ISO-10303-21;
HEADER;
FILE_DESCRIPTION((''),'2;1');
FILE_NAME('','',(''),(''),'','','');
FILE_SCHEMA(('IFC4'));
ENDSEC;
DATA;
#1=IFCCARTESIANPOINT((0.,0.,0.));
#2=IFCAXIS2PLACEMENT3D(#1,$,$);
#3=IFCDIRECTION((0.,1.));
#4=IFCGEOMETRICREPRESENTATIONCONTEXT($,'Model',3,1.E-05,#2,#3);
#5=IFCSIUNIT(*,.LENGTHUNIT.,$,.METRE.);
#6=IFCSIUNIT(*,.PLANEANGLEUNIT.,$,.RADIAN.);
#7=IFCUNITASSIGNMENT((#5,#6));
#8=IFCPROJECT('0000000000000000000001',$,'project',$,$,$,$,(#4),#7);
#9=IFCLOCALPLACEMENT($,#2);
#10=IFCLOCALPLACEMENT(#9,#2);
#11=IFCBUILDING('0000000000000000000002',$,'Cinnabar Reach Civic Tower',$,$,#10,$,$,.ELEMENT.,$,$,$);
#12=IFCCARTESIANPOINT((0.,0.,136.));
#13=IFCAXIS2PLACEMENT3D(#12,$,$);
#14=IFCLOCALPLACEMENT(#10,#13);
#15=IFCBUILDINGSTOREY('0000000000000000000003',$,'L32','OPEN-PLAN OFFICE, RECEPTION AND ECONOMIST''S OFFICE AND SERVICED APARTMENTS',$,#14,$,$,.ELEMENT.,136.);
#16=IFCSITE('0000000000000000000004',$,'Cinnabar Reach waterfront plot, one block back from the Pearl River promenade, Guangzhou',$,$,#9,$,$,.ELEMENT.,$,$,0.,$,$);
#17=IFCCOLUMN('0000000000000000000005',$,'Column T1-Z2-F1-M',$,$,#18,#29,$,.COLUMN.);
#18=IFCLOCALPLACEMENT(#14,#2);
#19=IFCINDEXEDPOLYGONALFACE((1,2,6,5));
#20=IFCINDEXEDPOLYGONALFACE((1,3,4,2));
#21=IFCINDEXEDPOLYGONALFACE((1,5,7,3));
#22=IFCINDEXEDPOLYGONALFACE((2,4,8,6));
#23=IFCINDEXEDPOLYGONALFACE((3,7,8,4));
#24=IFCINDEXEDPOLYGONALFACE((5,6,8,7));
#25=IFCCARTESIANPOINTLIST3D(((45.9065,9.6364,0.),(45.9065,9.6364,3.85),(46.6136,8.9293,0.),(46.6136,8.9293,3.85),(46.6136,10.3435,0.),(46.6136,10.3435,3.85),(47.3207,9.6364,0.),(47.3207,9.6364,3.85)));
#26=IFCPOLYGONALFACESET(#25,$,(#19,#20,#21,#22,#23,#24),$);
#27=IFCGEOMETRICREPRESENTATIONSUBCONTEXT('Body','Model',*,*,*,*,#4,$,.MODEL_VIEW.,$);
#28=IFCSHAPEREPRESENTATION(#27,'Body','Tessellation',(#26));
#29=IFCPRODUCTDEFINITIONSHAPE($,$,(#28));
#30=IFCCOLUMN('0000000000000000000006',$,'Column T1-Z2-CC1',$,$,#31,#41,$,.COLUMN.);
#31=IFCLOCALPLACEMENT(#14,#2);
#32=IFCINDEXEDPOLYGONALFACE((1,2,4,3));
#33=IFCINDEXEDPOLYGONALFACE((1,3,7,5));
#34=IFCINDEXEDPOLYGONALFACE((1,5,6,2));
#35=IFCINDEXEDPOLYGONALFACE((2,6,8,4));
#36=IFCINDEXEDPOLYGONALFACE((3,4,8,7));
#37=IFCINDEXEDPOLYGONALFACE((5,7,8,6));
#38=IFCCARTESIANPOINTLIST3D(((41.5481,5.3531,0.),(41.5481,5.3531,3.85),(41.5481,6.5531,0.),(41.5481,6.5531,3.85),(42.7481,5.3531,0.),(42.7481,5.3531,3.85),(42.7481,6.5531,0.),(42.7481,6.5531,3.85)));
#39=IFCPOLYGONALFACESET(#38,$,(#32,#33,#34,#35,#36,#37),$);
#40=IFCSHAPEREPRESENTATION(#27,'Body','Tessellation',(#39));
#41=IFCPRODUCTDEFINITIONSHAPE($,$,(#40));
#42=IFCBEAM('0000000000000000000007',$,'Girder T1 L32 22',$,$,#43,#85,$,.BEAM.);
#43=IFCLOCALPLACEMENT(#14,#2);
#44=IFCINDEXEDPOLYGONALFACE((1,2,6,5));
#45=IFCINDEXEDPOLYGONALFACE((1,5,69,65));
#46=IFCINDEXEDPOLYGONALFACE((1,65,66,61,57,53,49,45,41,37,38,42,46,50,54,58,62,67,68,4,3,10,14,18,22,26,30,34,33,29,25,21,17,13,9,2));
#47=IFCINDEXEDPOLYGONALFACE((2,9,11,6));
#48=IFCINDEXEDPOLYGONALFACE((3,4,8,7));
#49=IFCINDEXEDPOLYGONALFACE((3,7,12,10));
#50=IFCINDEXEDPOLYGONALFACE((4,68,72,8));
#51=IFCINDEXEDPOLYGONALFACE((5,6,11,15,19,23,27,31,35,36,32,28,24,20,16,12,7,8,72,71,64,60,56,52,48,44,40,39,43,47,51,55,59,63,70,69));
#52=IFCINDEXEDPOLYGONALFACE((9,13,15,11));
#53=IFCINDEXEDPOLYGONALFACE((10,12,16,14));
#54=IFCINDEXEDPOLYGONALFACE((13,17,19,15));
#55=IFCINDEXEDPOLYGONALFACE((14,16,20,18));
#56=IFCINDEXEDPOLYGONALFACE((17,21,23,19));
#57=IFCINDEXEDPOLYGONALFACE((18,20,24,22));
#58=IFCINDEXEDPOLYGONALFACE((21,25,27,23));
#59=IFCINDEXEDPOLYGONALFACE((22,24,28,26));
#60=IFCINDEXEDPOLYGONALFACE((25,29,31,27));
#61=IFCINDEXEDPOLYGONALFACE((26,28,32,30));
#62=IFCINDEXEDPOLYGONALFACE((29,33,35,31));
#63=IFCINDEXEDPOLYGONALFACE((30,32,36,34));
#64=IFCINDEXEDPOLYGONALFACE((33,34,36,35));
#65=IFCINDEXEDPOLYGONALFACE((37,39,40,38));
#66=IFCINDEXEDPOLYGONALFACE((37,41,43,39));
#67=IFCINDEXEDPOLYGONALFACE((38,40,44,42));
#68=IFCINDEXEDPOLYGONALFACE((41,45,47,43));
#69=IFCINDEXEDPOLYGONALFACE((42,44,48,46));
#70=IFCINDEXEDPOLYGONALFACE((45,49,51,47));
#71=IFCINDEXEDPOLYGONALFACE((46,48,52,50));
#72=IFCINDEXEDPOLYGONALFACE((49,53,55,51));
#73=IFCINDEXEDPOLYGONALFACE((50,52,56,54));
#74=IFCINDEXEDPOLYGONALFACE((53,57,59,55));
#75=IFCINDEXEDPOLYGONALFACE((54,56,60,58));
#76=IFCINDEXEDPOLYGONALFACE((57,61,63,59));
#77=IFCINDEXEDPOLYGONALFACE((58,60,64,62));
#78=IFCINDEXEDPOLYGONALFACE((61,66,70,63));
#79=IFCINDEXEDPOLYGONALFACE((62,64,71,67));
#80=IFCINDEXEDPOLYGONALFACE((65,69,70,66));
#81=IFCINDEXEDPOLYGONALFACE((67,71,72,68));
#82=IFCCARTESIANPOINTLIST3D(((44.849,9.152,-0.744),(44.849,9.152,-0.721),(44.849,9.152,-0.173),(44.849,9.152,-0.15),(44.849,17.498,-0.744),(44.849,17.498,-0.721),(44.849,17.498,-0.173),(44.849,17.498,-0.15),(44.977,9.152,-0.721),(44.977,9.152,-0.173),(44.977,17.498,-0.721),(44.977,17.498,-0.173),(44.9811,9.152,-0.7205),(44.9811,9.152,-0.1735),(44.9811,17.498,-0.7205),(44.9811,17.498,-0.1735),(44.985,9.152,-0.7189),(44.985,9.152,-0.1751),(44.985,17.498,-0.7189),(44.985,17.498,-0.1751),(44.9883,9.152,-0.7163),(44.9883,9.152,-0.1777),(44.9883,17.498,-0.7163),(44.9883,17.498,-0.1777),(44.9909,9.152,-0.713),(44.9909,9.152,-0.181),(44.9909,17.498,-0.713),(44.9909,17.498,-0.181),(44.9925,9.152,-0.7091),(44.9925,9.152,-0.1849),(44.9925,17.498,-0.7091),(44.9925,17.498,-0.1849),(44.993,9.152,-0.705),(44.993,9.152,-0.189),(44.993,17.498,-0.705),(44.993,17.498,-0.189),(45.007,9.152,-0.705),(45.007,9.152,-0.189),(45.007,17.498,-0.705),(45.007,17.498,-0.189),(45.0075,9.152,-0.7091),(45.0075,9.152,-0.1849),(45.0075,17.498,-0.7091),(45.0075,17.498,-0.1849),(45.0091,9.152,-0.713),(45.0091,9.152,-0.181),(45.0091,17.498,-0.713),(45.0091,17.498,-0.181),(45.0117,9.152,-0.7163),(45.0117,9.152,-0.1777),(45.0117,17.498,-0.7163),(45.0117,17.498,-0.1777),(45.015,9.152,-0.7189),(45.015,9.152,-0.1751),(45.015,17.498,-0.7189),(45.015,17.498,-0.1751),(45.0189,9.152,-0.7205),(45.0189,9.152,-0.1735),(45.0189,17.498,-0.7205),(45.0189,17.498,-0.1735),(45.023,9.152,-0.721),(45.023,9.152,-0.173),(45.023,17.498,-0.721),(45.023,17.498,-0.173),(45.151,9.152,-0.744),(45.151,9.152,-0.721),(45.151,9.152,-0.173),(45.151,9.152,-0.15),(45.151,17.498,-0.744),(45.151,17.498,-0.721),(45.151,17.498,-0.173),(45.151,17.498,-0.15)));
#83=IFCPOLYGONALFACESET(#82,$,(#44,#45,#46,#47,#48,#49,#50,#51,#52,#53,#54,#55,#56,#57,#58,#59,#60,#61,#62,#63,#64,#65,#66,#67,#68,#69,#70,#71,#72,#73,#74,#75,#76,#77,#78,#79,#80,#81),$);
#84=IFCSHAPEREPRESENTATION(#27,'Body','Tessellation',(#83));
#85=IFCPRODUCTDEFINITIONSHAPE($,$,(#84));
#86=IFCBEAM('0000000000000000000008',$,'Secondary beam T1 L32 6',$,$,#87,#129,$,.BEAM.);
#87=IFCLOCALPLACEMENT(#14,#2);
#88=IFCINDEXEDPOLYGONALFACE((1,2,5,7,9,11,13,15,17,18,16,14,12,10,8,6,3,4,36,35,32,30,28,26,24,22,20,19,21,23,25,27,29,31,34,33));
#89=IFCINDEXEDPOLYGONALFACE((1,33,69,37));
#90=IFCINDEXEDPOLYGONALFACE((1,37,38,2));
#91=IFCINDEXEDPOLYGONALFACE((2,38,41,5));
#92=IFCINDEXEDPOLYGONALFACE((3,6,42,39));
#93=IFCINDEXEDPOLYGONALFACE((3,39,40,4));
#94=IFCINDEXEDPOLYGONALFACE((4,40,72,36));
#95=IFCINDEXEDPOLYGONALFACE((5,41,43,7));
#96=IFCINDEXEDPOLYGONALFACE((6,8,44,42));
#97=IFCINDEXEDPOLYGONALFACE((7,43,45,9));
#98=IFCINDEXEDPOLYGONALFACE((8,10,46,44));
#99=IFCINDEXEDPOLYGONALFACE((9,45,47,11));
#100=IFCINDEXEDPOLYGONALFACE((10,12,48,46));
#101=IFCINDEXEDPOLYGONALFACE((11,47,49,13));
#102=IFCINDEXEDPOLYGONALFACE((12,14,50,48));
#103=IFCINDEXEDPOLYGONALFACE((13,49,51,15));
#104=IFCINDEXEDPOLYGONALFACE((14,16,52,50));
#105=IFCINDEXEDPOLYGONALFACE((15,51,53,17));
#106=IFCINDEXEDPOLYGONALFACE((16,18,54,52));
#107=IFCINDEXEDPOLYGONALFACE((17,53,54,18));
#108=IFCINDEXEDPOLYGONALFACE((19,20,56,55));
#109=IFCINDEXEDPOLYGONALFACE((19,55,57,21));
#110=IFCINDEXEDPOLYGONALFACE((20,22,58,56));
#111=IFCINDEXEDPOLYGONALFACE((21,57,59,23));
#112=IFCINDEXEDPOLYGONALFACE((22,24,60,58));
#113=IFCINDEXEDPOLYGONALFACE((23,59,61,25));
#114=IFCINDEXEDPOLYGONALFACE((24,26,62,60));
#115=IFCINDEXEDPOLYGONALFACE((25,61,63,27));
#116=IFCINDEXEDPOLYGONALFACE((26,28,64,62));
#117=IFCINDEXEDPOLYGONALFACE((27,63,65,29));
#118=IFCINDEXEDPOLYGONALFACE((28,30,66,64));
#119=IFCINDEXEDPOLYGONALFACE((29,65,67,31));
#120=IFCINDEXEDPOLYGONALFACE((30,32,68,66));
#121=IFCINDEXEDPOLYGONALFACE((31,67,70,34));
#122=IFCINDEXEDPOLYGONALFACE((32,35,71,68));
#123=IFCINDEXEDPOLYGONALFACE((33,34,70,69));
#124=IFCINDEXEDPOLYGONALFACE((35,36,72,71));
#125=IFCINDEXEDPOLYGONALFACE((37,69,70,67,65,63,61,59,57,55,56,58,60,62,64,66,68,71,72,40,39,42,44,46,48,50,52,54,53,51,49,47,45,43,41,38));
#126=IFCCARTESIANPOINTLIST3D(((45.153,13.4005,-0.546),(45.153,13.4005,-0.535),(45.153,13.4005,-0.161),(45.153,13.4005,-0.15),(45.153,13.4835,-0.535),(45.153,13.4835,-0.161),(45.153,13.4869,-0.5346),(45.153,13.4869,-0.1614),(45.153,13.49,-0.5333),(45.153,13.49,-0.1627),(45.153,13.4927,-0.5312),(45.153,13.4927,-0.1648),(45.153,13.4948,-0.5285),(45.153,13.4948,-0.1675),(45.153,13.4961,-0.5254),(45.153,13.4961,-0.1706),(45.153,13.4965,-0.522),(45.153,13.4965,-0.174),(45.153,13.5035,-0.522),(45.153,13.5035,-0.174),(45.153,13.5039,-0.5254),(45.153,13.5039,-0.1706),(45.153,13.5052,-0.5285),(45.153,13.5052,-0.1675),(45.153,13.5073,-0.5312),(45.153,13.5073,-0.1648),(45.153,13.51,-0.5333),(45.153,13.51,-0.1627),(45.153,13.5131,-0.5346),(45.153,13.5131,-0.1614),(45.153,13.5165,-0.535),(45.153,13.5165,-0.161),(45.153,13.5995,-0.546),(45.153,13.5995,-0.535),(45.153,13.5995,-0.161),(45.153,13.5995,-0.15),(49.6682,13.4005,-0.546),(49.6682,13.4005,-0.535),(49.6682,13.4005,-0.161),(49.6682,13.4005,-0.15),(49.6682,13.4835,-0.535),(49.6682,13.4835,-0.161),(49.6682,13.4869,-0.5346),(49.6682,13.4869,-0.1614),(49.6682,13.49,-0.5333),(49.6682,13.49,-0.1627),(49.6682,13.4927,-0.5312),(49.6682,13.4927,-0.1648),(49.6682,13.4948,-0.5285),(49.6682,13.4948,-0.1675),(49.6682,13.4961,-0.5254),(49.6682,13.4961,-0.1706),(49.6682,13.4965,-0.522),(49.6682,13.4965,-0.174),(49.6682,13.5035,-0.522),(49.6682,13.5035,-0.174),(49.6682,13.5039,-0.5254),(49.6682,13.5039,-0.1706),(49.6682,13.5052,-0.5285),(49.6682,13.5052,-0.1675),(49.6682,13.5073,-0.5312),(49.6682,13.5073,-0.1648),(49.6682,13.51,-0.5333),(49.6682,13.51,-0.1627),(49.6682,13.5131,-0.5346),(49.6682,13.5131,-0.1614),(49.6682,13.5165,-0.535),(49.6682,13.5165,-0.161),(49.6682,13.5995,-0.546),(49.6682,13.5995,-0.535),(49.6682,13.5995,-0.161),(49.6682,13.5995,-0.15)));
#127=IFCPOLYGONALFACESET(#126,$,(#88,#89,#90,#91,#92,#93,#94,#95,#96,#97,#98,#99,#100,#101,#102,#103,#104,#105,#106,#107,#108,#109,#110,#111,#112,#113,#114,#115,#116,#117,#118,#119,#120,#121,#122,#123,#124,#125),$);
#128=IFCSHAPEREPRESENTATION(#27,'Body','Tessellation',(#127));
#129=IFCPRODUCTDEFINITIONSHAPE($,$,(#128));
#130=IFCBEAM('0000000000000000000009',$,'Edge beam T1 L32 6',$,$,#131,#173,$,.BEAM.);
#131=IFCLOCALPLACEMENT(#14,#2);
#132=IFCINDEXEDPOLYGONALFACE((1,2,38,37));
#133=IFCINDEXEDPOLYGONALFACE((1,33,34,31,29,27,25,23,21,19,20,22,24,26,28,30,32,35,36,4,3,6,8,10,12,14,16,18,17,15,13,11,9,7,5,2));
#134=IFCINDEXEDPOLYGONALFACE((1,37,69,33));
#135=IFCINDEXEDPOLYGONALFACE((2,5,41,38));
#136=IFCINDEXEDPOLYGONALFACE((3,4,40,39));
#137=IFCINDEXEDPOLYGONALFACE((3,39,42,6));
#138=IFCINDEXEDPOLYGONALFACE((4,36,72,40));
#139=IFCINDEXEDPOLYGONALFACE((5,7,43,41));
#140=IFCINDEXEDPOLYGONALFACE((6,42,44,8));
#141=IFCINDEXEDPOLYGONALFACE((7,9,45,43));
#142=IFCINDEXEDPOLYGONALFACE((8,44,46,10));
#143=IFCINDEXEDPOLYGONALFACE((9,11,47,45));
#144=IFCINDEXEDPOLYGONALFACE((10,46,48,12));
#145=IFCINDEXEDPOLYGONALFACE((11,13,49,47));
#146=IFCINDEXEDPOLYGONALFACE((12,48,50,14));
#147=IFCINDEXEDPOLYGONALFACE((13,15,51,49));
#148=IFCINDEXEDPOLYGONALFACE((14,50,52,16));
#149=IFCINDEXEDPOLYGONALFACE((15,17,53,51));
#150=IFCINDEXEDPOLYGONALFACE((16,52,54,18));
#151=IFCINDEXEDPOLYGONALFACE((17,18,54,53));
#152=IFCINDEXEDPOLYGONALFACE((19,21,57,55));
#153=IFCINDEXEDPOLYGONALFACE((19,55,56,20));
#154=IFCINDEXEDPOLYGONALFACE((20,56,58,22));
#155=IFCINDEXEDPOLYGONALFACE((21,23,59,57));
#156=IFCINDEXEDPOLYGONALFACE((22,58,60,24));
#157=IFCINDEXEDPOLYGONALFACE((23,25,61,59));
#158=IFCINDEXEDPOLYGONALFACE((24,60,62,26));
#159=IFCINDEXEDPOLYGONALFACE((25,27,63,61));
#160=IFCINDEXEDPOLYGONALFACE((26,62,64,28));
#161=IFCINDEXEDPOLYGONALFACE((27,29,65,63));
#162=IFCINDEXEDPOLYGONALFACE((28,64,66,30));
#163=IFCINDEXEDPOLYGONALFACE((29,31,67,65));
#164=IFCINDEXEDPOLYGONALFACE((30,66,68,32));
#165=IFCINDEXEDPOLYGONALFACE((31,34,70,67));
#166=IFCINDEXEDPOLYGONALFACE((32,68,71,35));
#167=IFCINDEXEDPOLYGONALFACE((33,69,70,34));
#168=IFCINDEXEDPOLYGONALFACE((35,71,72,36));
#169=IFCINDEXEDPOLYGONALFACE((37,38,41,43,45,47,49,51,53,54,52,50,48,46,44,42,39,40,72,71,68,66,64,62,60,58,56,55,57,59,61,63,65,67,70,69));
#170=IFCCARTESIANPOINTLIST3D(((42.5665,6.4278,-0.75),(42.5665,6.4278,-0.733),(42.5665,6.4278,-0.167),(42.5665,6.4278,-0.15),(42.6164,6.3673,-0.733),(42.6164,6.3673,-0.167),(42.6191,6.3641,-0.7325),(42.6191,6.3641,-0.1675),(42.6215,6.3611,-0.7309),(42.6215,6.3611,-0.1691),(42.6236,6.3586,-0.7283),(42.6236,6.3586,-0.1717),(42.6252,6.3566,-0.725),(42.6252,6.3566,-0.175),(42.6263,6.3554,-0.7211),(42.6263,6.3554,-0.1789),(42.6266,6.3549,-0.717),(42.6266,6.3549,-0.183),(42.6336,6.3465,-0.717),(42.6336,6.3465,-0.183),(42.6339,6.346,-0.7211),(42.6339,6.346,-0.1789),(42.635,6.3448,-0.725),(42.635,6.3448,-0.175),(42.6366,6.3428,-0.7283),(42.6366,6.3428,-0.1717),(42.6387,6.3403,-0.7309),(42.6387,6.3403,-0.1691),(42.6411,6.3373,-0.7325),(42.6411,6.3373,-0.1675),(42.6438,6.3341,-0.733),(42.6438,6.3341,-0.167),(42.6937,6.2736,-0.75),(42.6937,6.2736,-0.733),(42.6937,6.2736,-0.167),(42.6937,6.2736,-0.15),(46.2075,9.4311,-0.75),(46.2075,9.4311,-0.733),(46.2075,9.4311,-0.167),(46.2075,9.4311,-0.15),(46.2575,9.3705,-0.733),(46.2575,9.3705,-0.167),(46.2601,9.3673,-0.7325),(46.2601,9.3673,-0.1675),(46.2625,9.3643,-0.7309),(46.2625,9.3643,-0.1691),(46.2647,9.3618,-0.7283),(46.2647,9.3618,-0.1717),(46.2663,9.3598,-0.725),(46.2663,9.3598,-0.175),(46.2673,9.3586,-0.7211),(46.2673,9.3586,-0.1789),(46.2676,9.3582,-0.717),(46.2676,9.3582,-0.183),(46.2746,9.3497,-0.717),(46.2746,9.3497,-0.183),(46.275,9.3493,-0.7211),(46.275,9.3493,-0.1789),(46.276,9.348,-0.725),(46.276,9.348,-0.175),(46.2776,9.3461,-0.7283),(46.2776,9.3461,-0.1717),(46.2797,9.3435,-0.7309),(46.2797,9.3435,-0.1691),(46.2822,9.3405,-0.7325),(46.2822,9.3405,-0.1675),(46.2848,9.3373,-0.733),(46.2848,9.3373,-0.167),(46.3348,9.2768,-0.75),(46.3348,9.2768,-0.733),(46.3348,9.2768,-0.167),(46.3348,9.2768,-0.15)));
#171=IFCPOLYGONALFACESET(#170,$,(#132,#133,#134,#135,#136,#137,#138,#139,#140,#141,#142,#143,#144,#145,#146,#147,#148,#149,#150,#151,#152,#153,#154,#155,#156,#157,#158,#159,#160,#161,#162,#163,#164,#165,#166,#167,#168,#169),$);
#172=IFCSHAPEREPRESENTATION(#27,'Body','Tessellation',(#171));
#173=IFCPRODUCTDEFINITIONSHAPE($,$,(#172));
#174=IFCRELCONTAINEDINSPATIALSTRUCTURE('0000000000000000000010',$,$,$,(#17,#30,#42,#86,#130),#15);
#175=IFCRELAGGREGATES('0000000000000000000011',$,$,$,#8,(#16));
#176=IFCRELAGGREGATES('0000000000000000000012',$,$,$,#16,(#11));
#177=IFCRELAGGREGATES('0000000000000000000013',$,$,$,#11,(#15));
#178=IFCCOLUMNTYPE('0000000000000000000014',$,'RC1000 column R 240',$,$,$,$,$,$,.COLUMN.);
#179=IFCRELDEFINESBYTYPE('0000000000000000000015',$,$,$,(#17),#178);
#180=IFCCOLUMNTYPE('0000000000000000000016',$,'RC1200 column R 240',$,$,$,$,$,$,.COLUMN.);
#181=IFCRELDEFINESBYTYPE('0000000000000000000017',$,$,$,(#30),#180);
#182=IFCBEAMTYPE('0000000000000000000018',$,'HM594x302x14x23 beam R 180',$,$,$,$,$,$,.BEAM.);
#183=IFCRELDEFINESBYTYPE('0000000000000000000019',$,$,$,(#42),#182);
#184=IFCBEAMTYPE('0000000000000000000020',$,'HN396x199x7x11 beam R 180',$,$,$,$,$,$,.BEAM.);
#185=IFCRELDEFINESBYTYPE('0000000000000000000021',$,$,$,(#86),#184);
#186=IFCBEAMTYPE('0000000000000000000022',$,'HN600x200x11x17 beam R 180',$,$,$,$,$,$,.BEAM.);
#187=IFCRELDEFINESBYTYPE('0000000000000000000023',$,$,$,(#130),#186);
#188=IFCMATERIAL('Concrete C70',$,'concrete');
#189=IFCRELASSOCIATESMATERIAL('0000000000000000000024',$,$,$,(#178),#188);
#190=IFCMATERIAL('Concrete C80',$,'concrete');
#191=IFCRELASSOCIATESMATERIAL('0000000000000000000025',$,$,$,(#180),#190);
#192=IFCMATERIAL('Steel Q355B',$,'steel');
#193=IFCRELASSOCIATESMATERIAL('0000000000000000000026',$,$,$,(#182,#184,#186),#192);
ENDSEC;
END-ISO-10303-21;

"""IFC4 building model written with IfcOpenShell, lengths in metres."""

from ifc_helpers import new_model, si_unit, direction, frame, origin, origin_2d, place, context, subcontext, project, spatial, rectangle, i_section, extrude, material, material_profile, profile_set, type_object, element, save


model = new_model("IFC4")

# Units and contexts
model_context = context("Model", 3, precision=1e-05, world=origin(), true_north=direction((0.0, 1.0)))
body_context = subcontext(model_context, "Body", "Model", "MODEL_VIEW")
ifc_project = project(units=[si_unit("LENGTHUNIT", "METRE"), si_unit("PLANEANGLEUNIT", "RADIAN")], contexts=[model_context])

# Site, building, storey
site_placement = place(None, origin())
site = spatial("IfcSite", under=ifc_project, at=site_placement, Name="Cinnabar Reach waterfront plot, one block back from the Pearl River promenade, Guangzhou", CompositionType="ELEMENT", RefElevation=0.0)
building_placement = place(site_placement, origin())
building = spatial("IfcBuilding", under=site, at=building_placement, Name="Cinnabar Reach Civic Tower", CompositionType="ELEMENT")
storey_placement = place(building_placement, frame((0.0, 0.0, 136.0)))
storey = spatial("IfcBuildingStorey", under=building, at=storey_placement, Name="L32", Description="OPEN-PLAN OFFICE, RECEPTION AND ECONOMIST'S OFFICE AND SERVICED APARTMENTS", CompositionType="ELEMENT", Elevation=136.0)

# Columns
ifc_material_1 = material(Name="Concrete C70", Category="concrete")
ifc_material_profile_1 = material_profile(ifc_material_1, rectangle(XDim=1.0, YDim=1.0, at=origin_2d()), Name="RC1000")
ifc_profile_set_1 = profile_set([ifc_material_profile_1], Name="Concrete C70")
column_type_1 = type_object("IfcColumnType", Name="RC1000 column R 240", PredefinedType="COLUMN", material=ifc_profile_set_1)
column_1_placement = place(storey_placement, frame((46.6136, 9.6364, 0.0), z_axis=(0.0, 0.0, 1.0), x_axis=(0.707107, 0.707107, 0.0)))
element("IfcColumn", 1, at=column_1_placement, inside=storey, type_object=column_type_1, Name="Column T1-Z2-F1-M", PredefinedType="COLUMN", context=body_context, shape_type="SweptSolid", body=[
    extrude(rectangle(XDim=1.0, YDim=1.0, at=origin_2d()), origin(), (0.0, 0.0, 1.0), 3.85),
])
ifc_material_2 = material(Name="Concrete C80", Category="concrete")
ifc_material_profile_2 = material_profile(ifc_material_2, rectangle(XDim=1.2, YDim=1.2, at=origin_2d()), Name="RC1200")
ifc_profile_set_2 = profile_set([ifc_material_profile_2], Name="Concrete C80")
column_type_2 = type_object("IfcColumnType", Name="RC1200 column R 240", PredefinedType="COLUMN", material=ifc_profile_set_2)
column_2_placement = place(storey_placement, frame((42.1481, 5.9531, 0.0), z_axis=(0.0, 0.0, 1.0), x_axis=(1.0, 0.0, 0.0)))
element("IfcColumn", 2, at=column_2_placement, inside=storey, type_object=column_type_2, Name="Column T1-Z2-CC1", PredefinedType="COLUMN", context=body_context, shape_type="SweptSolid", body=[
    extrude(rectangle(XDim=1.2, YDim=1.2, at=origin_2d()), origin(), (0.0, 0.0, 1.0), 3.85),
])

# Beams
ifc_material_3 = material(Name="Steel Q355B", Category="steel")
ifc_material_profile_3 = material_profile(ifc_material_3, i_section(OverallWidth=0.302, OverallDepth=0.594, WebThickness=0.014, FlangeThickness=0.023, FilletRadius=0.016, at=origin_2d()), Name="HM594x302x14x23")
ifc_profile_set_3 = profile_set([ifc_material_profile_3], Name="Steel Q355B")
beam_type_1 = type_object("IfcBeamType", Name="HM594x302x14x23 beam R 180", PredefinedType="BEAM", material=ifc_profile_set_3)
beam_1_placement = place(storey_placement, frame((45.0, 9.152, -0.447), z_axis=(0.0, 1.0, 0.0), x_axis=(-1.0, 0.0, 0.0)))
element("IfcBeam", 3, at=beam_1_placement, inside=storey, type_object=beam_type_1, Name="Girder T1 L32 22", PredefinedType="BEAM", context=body_context, shape_type="SweptSolid", body=[
    extrude(i_section(OverallWidth=0.302, OverallDepth=0.594, WebThickness=0.014, FlangeThickness=0.023, FilletRadius=0.016, at=origin_2d()), origin(), (0.0, 0.0, 1.0), 8.346),
])
ifc_material_profile_4 = material_profile(ifc_material_3, i_section(OverallWidth=0.199, OverallDepth=0.396, WebThickness=0.007, FlangeThickness=0.011, FilletRadius=0.013, at=origin_2d()), Name="HN396x199x7x11")
ifc_profile_set_4 = profile_set([ifc_material_profile_4], Name="Steel Q355B")
beam_type_2 = type_object("IfcBeamType", Name="HN396x199x7x11 beam R 180", PredefinedType="BEAM", material=ifc_profile_set_4)
beam_2_placement = place(storey_placement, frame((45.153, 13.5, -0.348), z_axis=(1.0, 0.0, 0.0), x_axis=(0.0, 1.0, 0.0)))
element("IfcBeam", 4, at=beam_2_placement, inside=storey, type_object=beam_type_2, Name="Secondary beam T1 L32 6", PredefinedType="BEAM", context=body_context, shape_type="SweptSolid", body=[
    extrude(i_section(OverallWidth=0.199, OverallDepth=0.396, WebThickness=0.007, FlangeThickness=0.011, FilletRadius=0.013, at=origin_2d()), origin(), (0.0, 0.0, 1.0), 4.5152),
])
ifc_material_profile_5 = material_profile(ifc_material_3, i_section(OverallWidth=0.2, OverallDepth=0.6, WebThickness=0.011, FlangeThickness=0.017, FilletRadius=0.016, at=origin_2d()), Name="HN600x200x11x17")
ifc_profile_set_5 = profile_set([ifc_material_profile_5], Name="Steel Q355B")
beam_type_3 = type_object("IfcBeamType", Name="HN600x200x11x17 beam R 180", PredefinedType="BEAM", material=ifc_profile_set_5)
for number, where, z_axis, x_axis, name in (
    (5, (42.6301, 6.3507, -0.45), (0.771438, 0.636304, 0.0), (-0.636304, 0.771438, 0.0), "Edge beam T1 L32 6"),
):
    element("IfcBeam", number, at=place(storey_placement, frame(where, z_axis=z_axis, x_axis=x_axis)), inside=storey, type_object=beam_type_3, Name=name, PredefinedType="BEAM", context=body_context, shape_type="SweptSolid", body=[
        extrude(i_section(OverallWidth=0.2, OverallDepth=0.6, WebThickness=0.011, FlangeThickness=0.017, FilletRadius=0.016, at=origin_2d()), origin(), (0.0, 0.0, 1.0), 4.7198),
    ])

save(model, "model.ifc")
